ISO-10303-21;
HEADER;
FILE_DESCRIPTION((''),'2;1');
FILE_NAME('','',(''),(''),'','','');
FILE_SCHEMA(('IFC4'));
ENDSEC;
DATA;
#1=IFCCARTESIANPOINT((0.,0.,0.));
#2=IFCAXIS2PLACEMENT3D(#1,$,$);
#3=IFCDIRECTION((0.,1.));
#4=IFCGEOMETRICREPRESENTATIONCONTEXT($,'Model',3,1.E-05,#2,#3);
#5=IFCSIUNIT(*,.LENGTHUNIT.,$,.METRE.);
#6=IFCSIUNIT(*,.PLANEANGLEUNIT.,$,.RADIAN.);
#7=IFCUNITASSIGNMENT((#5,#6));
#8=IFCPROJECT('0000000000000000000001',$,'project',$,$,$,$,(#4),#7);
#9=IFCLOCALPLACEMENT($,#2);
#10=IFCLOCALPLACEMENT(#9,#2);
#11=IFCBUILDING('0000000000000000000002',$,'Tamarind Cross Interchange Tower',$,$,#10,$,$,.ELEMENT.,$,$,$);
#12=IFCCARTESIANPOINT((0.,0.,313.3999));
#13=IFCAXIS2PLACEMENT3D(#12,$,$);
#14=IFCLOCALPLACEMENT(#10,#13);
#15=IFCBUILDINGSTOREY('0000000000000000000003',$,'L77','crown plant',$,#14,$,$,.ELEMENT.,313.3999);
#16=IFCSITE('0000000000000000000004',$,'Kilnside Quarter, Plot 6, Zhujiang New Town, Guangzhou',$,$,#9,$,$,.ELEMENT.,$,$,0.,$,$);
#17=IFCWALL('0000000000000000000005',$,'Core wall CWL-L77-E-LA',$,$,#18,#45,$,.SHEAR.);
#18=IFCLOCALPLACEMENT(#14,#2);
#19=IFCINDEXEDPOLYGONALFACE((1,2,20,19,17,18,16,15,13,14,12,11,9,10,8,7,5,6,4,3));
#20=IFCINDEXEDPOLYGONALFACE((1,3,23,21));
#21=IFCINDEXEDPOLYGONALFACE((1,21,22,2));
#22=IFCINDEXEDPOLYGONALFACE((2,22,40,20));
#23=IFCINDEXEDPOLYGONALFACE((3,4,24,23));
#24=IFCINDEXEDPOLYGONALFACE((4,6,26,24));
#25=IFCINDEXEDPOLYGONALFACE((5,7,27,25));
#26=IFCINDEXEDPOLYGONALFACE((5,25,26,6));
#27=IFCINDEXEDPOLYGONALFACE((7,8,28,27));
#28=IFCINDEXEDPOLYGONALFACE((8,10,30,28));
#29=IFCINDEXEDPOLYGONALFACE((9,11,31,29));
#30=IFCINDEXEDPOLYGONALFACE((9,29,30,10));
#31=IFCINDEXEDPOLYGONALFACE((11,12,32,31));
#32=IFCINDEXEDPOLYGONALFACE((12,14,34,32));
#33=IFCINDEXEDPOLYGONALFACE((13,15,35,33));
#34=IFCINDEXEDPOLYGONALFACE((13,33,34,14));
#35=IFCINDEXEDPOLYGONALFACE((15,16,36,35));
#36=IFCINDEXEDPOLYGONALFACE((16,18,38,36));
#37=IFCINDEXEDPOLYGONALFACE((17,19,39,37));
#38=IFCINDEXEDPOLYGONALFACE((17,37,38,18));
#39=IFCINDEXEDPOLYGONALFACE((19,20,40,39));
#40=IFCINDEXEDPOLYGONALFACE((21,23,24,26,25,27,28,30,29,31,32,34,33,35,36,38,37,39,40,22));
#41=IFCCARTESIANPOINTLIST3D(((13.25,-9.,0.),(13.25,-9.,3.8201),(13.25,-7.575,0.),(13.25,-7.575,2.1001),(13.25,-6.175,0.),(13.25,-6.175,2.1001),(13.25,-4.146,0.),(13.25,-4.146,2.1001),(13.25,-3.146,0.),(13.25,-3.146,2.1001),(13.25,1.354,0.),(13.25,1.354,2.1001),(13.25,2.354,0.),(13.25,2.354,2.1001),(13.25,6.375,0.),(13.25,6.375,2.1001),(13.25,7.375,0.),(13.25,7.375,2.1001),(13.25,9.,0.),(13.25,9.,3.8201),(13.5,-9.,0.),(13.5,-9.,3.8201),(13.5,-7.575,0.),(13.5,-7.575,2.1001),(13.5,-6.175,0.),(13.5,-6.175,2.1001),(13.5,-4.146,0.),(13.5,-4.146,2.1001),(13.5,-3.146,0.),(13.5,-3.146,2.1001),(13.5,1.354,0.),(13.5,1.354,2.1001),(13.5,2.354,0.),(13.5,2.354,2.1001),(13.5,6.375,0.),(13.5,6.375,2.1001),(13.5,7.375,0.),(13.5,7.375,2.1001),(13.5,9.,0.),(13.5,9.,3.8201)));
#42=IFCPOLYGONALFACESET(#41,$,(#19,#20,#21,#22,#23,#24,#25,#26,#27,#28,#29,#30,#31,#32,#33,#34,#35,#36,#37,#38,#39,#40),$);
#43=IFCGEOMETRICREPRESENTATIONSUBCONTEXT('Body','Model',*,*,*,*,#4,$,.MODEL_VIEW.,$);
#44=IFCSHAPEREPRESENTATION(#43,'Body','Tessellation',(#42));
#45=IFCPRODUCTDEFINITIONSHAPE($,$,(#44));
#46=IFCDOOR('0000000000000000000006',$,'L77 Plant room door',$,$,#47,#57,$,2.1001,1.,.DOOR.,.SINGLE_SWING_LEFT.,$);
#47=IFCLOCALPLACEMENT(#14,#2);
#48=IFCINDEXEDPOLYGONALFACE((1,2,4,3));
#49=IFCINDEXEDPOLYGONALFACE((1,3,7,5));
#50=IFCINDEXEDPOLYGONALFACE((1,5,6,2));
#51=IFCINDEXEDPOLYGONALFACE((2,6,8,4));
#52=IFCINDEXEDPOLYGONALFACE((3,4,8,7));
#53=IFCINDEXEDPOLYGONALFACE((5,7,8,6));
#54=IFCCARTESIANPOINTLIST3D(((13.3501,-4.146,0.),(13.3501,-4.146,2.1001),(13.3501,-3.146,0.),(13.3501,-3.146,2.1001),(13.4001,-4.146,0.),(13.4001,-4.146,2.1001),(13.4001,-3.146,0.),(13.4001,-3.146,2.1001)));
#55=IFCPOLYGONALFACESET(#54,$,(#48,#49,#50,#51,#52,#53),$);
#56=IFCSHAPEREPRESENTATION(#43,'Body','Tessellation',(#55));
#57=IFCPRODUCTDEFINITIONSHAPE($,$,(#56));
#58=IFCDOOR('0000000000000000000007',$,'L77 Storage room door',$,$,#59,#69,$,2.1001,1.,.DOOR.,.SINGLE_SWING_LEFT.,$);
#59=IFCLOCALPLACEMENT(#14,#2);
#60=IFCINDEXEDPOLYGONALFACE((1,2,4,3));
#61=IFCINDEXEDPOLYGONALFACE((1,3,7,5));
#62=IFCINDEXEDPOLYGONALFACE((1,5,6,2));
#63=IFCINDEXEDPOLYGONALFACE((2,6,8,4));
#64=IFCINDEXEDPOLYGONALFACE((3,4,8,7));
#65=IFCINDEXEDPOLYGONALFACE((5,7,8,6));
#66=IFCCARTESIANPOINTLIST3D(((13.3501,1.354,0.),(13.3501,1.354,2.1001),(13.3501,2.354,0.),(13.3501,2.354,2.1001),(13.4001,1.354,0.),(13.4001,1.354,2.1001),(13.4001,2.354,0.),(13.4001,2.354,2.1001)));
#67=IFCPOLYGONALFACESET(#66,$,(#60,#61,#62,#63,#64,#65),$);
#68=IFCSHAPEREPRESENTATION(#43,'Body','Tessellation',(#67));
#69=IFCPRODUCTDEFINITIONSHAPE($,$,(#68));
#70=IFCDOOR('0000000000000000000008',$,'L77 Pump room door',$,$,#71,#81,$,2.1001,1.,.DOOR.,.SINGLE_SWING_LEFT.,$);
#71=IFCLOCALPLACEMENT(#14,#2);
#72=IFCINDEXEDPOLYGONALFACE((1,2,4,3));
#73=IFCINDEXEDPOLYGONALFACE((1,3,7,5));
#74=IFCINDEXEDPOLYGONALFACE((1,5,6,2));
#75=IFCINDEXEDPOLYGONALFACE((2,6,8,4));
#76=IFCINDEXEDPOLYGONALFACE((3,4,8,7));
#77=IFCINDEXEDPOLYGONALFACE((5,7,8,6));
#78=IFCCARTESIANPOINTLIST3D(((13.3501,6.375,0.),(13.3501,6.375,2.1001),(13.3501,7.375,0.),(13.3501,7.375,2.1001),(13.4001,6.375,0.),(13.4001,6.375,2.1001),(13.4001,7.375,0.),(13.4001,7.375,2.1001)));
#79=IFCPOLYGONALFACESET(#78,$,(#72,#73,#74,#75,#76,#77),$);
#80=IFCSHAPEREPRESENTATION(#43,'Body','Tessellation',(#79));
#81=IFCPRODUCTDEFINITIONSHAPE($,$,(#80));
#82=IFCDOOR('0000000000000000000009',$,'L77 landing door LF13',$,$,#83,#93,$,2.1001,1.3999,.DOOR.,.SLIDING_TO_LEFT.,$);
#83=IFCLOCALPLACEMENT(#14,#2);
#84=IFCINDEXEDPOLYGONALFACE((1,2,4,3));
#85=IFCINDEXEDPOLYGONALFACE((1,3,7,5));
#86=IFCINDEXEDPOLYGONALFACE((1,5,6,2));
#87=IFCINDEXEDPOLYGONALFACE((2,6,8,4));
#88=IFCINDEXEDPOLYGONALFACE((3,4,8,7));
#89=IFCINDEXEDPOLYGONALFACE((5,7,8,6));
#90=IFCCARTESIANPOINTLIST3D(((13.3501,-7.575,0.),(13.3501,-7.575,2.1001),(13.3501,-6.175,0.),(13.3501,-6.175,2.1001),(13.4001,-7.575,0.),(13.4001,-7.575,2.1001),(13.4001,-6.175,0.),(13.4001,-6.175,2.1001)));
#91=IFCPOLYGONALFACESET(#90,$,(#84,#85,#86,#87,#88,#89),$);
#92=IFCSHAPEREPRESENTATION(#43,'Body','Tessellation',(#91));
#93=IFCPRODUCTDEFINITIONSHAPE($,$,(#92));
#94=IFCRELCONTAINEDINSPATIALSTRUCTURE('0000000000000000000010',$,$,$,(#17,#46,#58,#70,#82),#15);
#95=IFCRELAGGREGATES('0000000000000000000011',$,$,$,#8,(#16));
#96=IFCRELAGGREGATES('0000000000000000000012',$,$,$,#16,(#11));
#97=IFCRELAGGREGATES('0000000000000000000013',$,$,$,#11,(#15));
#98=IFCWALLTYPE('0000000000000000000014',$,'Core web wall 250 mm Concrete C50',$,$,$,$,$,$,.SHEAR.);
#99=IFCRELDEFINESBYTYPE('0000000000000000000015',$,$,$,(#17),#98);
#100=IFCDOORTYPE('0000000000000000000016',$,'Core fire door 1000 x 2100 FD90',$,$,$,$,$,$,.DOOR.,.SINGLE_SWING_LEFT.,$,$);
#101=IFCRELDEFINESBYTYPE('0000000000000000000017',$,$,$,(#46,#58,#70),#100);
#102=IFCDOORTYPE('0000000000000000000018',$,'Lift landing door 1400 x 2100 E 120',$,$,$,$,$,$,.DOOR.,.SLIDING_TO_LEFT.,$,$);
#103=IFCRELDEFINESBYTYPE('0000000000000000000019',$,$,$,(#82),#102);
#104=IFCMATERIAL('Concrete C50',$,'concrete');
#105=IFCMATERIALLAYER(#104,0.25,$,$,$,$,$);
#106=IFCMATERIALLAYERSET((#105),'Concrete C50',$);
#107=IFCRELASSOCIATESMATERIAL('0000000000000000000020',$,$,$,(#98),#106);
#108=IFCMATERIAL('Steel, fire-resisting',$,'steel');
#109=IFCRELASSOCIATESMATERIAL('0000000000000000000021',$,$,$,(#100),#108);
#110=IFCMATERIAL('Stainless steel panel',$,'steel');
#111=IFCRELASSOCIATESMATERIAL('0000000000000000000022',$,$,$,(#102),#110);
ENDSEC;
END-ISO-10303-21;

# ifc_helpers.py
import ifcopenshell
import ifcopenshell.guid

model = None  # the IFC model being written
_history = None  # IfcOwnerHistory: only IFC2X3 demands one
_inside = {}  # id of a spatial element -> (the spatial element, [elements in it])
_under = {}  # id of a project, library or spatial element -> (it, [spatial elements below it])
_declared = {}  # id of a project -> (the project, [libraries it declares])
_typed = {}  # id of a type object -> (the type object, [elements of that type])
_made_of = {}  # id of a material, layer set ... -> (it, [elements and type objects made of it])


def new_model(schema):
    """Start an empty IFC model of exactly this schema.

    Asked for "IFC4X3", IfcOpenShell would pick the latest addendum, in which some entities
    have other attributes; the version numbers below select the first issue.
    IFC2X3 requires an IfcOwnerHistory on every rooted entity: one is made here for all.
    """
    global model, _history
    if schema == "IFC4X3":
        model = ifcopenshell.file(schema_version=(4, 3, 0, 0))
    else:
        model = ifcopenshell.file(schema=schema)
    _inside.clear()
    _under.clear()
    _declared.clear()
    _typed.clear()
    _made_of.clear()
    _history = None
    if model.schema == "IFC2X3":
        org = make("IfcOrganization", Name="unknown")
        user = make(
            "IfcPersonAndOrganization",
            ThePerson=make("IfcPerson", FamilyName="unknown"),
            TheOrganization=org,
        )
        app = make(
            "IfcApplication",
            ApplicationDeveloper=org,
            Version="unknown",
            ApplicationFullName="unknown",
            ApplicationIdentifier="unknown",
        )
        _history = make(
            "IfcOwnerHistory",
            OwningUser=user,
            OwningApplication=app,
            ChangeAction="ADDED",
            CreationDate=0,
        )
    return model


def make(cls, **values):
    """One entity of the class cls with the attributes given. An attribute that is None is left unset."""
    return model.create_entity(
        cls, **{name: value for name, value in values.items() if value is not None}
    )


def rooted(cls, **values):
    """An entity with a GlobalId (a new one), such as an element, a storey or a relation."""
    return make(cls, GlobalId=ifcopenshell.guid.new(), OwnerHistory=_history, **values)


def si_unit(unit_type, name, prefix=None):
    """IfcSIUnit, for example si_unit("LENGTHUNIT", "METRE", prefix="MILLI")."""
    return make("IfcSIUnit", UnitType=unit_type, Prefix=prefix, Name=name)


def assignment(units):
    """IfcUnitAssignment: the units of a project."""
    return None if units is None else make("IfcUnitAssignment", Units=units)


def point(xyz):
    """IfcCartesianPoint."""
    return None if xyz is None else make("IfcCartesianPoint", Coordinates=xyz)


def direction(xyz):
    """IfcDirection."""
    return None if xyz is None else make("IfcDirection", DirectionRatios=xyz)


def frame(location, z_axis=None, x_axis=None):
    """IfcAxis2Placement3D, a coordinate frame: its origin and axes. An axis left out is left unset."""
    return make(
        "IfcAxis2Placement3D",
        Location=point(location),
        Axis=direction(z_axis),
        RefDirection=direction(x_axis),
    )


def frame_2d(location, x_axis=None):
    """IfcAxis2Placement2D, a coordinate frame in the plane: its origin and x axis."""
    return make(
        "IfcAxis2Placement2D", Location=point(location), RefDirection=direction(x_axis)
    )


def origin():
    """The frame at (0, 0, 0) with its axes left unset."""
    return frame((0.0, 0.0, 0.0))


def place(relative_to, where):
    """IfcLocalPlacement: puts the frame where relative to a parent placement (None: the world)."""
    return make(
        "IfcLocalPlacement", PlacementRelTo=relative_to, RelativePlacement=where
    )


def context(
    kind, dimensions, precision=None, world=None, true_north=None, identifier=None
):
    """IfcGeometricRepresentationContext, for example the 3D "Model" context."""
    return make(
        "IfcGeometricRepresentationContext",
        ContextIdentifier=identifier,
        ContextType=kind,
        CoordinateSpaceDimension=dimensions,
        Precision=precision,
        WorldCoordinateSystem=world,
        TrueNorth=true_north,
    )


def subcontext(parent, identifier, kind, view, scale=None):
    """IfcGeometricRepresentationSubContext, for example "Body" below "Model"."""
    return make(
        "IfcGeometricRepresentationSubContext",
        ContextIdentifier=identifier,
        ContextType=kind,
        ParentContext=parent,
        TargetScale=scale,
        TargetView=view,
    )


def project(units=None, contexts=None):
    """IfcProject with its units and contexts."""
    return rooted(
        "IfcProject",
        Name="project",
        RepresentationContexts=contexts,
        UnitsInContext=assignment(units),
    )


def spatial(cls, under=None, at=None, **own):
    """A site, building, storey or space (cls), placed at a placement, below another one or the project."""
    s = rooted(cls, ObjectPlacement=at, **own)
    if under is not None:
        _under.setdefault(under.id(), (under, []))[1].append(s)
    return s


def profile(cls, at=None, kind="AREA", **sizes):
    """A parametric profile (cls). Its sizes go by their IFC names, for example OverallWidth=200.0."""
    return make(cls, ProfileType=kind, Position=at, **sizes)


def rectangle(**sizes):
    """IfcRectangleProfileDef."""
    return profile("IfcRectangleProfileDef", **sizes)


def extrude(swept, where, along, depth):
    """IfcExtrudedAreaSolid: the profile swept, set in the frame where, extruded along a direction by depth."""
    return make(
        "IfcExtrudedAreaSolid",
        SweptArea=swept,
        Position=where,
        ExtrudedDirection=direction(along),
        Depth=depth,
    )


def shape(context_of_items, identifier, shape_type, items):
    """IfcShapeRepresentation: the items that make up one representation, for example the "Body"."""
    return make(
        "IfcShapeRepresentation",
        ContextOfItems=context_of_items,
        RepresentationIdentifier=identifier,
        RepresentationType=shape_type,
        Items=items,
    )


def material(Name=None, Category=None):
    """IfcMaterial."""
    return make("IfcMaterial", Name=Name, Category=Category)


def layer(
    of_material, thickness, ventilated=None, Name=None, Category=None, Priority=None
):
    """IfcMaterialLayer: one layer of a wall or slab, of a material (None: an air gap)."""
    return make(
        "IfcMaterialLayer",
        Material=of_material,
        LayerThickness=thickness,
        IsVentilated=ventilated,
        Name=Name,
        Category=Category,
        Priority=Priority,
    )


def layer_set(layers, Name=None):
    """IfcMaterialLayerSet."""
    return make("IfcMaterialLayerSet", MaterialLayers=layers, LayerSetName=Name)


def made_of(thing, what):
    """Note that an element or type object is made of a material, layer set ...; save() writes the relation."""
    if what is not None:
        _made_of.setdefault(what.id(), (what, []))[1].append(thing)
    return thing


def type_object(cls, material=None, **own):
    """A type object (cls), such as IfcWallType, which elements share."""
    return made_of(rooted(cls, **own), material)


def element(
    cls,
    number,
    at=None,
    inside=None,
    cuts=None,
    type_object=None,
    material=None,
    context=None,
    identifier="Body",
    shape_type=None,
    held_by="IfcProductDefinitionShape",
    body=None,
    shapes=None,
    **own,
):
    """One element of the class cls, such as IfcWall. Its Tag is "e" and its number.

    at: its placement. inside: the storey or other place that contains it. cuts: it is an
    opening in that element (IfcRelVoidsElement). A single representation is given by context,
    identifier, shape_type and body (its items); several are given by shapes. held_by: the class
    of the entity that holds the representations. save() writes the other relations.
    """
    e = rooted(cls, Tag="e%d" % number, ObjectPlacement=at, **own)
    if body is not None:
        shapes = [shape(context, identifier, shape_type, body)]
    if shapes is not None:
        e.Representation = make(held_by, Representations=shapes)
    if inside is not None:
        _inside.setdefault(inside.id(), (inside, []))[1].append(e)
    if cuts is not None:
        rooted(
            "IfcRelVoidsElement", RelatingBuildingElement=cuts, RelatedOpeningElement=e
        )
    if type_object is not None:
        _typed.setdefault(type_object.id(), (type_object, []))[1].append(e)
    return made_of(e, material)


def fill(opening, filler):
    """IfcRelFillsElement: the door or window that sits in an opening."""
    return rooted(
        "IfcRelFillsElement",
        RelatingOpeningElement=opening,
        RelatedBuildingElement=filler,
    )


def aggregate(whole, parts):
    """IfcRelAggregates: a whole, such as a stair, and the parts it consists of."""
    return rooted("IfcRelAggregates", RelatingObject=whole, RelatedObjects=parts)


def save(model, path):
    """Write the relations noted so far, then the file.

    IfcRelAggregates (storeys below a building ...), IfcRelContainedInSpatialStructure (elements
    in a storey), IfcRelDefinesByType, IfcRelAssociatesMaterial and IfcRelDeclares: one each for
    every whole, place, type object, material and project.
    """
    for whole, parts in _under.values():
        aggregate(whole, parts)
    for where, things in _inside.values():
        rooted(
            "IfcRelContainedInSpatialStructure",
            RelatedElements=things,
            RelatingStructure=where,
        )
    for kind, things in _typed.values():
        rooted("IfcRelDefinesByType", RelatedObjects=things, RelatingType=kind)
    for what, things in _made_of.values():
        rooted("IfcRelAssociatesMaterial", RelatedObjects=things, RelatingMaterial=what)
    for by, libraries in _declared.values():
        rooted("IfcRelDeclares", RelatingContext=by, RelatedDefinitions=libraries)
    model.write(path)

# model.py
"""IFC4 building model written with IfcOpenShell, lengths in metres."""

from ifc_helpers import new_model, si_unit, direction, frame, frame_2d, origin, place, context, subcontext, project, spatial, rectangle, extrude, material, layer, layer_set, type_object, element, fill, save


model = new_model("IFC4")

# Units and contexts
model_context = context("Model", 3, precision=1e-05, world=origin(), true_north=direction((0.0, 1.0)))
body_context = subcontext(model_context, "Body", "Model", "MODEL_VIEW")
ifc_project = project(units=[si_unit("LENGTHUNIT", "METRE"), si_unit("PLANEANGLEUNIT", "RADIAN")], contexts=[model_context])

# Site, building, storey
site_placement = place(None, origin())
site = spatial("IfcSite", under=ifc_project, at=site_placement, Name="Kilnside Quarter, Plot 6, Zhujiang New Town, Guangzhou", CompositionType="ELEMENT", RefElevation=0.0)
building_placement = place(site_placement, origin())
building = spatial("IfcBuilding", under=site, at=building_placement, Name="Tamarind Cross Interchange Tower", CompositionType="ELEMENT")
storey_placement = place(building_placement, frame((0.0, 0.0, 313.3999)))
storey = spatial("IfcBuildingStorey", under=building, at=storey_placement, Name="L77", Description="crown plant", CompositionType="ELEMENT", Elevation=313.3999)

# Wall, openings, doors
ifc_material_1 = material(Name="Concrete C50", Category="concrete")
ifc_layer_1 = layer(ifc_material_1, 0.25)
ifc_layer_set_1 = layer_set([ifc_layer_1], Name="Concrete C50")
wall_type_1 = type_object("IfcWallType", Name="Core web wall 250 mm Concrete C50", PredefinedType="SHEAR", material=ifc_layer_set_1)
wall_1_placement = place(storey_placement, frame((13.375, -9.0, 0.0), z_axis=(0.0, 0.0, 1.0), x_axis=(0.0, 1.0, 0.0)))
wall_1 = element("IfcWall", 1, at=wall_1_placement, inside=storey, type_object=wall_type_1, Name="Core wall CWL-L77-E-LA", PredefinedType="SHEAR", context=body_context, shape_type="SweptSolid", body=[
    extrude(rectangle(XDim=18.0, YDim=0.25, at=frame_2d((9.0, 0.0))), origin(), (0.0, 0.0, 1.0), 3.8201),
])
opening_1_placement = place(wall_1_placement, frame((1.425, 0.0, 0.0)))
opening_1 = element("IfcOpeningElement", 2, at=opening_1_placement, cuts=wall_1, PredefinedType="OPENING", context=body_context, shape_type="SweptSolid", body=[
    extrude(rectangle(XDim=1.3999, YDim=2.1001, at=frame_2d((0.7, 1.05))), frame((0.0, 0.135, 0.0), z_axis=(0.0, -1.0, 0.0), x_axis=(1.0, 0.0, 0.0)), (0.0, 0.0, 1.0), 0.27),
])
opening_2_placement = place(wall_1_placement, frame((4.854, 0.0, 0.0)))
opening_2 = element("IfcOpeningElement", 3, at=opening_2_placement, cuts=wall_1, PredefinedType="OPENING", context=body_context, shape_type="SweptSolid", body=[
    extrude(rectangle(XDim=1.0, YDim=2.1001, at=frame_2d((0.5, 1.05))), frame((0.0, 0.135, 0.0), z_axis=(0.0, -1.0, 0.0), x_axis=(1.0, 0.0, 0.0)), (0.0, 0.0, 1.0), 0.27),
])
opening_3_placement = place(wall_1_placement, frame((10.354, 0.0, 0.0)))
opening_3 = element("IfcOpeningElement", 4, at=opening_3_placement, cuts=wall_1, PredefinedType="OPENING", context=body_context, shape_type="SweptSolid", body=[
    extrude(rectangle(XDim=1.0, YDim=2.1001, at=frame_2d((0.5, 1.05))), frame((0.0, 0.135, 0.0), z_axis=(0.0, -1.0, 0.0), x_axis=(1.0, 0.0, 0.0)), (0.0, 0.0, 1.0), 0.27),
])
opening_4_placement = place(wall_1_placement, frame((15.375, 0.0, 0.0)))
opening_4 = element("IfcOpeningElement", 5, at=opening_4_placement, cuts=wall_1, PredefinedType="OPENING", context=body_context, shape_type="SweptSolid", body=[
    extrude(rectangle(XDim=1.0, YDim=2.1001, at=frame_2d((0.5, 1.05))), frame((0.0, 0.135, 0.0), z_axis=(0.0, -1.0, 0.0), x_axis=(1.0, 0.0, 0.0)), (0.0, 0.0, 1.0), 0.27),
])
ifc_material_2 = material(Name="Steel, fire-resisting", Category="steel")
door_type_1 = type_object("IfcDoorType", Name="Core fire door 1000 x 2100 FD90", OperationType="SINGLE_SWING_LEFT", PredefinedType="DOOR", material=ifc_material_2)
door_1_placement = place(opening_2_placement, origin())
door_1 = element("IfcDoor", 6, at=door_1_placement, inside=storey, type_object=door_type_1, Name="L77 Plant room door", OperationType="SINGLE_SWING_LEFT", OverallHeight=2.1001, OverallWidth=1.0, PredefinedType="DOOR", context=body_context, shape_type="SweptSolid", body=[
    extrude(rectangle(XDim=1.0, YDim=2.1001, at=frame_2d((0.5, 1.05))), frame((0.0, 0.0249, 0.0), z_axis=(0.0, -1.0, 0.0), x_axis=(1.0, 0.0, 0.0)), (0.0, 0.0, 1.0), 0.05),
])
fill(opening_2, door_1)
door_2_placement = place(opening_3_placement, origin())
door_2 = element("IfcDoor", 7, at=door_2_placement, inside=storey, type_object=door_type_1, Name="L77 Storage room door", OperationType="SINGLE_SWING_LEFT", OverallHeight=2.1001, OverallWidth=1.0, PredefinedType="DOOR", context=body_context, shape_type="SweptSolid", body=[
    extrude(rectangle(XDim=1.0, YDim=2.1001, at=frame_2d((0.5, 1.05))), frame((0.0, 0.0249, 0.0), z_axis=(0.0, -1.0, 0.0), x_axis=(1.0, 0.0, 0.0)), (0.0, 0.0, 1.0), 0.05),
])
fill(opening_3, door_2)
door_3_placement = place(opening_4_placement, origin())
door_3 = element("IfcDoor", 8, at=door_3_placement, inside=storey, type_object=door_type_1, Name="L77 Pump room door", OperationType="SINGLE_SWING_LEFT", OverallHeight=2.1001, OverallWidth=1.0, PredefinedType="DOOR", context=body_context, shape_type="SweptSolid", body=[
    extrude(rectangle(XDim=1.0, YDim=2.1001, at=frame_2d((0.5, 1.05))), frame((0.0, 0.0249, 0.0), z_axis=(0.0, -1.0, 0.0), x_axis=(1.0, 0.0, 0.0)), (0.0, 0.0, 1.0), 0.05),
])
fill(opening_4, door_3)
ifc_material_3 = material(Name="Stainless steel panel", Category="steel")
door_type_2 = type_object("IfcDoorType", Name="Lift landing door 1400 x 2100 E 120", OperationType="SLIDING_TO_LEFT", PredefinedType="DOOR", material=ifc_material_3)
door_4_placement = place(opening_1_placement, origin())
door_4 = element("IfcDoor", 9, at=door_4_placement, inside=storey, type_object=door_type_2, Name="L77 landing door LF13", OperationType="SLIDING_TO_LEFT", OverallHeight=2.1001, OverallWidth=1.3999, PredefinedType="DOOR", context=body_context, shape_type="SweptSolid", body=[
    extrude(rectangle(XDim=1.3999, YDim=2.1001, at=frame_2d((0.7, 1.05))), frame((0.0, 0.0249, 0.0), z_axis=(0.0, -1.0, 0.0), x_axis=(1.0, 0.0, 0.0)), (0.0, 0.0, 1.0), 0.05),
])
fill(opening_1, door_4)

save(model, "model.ifc")
